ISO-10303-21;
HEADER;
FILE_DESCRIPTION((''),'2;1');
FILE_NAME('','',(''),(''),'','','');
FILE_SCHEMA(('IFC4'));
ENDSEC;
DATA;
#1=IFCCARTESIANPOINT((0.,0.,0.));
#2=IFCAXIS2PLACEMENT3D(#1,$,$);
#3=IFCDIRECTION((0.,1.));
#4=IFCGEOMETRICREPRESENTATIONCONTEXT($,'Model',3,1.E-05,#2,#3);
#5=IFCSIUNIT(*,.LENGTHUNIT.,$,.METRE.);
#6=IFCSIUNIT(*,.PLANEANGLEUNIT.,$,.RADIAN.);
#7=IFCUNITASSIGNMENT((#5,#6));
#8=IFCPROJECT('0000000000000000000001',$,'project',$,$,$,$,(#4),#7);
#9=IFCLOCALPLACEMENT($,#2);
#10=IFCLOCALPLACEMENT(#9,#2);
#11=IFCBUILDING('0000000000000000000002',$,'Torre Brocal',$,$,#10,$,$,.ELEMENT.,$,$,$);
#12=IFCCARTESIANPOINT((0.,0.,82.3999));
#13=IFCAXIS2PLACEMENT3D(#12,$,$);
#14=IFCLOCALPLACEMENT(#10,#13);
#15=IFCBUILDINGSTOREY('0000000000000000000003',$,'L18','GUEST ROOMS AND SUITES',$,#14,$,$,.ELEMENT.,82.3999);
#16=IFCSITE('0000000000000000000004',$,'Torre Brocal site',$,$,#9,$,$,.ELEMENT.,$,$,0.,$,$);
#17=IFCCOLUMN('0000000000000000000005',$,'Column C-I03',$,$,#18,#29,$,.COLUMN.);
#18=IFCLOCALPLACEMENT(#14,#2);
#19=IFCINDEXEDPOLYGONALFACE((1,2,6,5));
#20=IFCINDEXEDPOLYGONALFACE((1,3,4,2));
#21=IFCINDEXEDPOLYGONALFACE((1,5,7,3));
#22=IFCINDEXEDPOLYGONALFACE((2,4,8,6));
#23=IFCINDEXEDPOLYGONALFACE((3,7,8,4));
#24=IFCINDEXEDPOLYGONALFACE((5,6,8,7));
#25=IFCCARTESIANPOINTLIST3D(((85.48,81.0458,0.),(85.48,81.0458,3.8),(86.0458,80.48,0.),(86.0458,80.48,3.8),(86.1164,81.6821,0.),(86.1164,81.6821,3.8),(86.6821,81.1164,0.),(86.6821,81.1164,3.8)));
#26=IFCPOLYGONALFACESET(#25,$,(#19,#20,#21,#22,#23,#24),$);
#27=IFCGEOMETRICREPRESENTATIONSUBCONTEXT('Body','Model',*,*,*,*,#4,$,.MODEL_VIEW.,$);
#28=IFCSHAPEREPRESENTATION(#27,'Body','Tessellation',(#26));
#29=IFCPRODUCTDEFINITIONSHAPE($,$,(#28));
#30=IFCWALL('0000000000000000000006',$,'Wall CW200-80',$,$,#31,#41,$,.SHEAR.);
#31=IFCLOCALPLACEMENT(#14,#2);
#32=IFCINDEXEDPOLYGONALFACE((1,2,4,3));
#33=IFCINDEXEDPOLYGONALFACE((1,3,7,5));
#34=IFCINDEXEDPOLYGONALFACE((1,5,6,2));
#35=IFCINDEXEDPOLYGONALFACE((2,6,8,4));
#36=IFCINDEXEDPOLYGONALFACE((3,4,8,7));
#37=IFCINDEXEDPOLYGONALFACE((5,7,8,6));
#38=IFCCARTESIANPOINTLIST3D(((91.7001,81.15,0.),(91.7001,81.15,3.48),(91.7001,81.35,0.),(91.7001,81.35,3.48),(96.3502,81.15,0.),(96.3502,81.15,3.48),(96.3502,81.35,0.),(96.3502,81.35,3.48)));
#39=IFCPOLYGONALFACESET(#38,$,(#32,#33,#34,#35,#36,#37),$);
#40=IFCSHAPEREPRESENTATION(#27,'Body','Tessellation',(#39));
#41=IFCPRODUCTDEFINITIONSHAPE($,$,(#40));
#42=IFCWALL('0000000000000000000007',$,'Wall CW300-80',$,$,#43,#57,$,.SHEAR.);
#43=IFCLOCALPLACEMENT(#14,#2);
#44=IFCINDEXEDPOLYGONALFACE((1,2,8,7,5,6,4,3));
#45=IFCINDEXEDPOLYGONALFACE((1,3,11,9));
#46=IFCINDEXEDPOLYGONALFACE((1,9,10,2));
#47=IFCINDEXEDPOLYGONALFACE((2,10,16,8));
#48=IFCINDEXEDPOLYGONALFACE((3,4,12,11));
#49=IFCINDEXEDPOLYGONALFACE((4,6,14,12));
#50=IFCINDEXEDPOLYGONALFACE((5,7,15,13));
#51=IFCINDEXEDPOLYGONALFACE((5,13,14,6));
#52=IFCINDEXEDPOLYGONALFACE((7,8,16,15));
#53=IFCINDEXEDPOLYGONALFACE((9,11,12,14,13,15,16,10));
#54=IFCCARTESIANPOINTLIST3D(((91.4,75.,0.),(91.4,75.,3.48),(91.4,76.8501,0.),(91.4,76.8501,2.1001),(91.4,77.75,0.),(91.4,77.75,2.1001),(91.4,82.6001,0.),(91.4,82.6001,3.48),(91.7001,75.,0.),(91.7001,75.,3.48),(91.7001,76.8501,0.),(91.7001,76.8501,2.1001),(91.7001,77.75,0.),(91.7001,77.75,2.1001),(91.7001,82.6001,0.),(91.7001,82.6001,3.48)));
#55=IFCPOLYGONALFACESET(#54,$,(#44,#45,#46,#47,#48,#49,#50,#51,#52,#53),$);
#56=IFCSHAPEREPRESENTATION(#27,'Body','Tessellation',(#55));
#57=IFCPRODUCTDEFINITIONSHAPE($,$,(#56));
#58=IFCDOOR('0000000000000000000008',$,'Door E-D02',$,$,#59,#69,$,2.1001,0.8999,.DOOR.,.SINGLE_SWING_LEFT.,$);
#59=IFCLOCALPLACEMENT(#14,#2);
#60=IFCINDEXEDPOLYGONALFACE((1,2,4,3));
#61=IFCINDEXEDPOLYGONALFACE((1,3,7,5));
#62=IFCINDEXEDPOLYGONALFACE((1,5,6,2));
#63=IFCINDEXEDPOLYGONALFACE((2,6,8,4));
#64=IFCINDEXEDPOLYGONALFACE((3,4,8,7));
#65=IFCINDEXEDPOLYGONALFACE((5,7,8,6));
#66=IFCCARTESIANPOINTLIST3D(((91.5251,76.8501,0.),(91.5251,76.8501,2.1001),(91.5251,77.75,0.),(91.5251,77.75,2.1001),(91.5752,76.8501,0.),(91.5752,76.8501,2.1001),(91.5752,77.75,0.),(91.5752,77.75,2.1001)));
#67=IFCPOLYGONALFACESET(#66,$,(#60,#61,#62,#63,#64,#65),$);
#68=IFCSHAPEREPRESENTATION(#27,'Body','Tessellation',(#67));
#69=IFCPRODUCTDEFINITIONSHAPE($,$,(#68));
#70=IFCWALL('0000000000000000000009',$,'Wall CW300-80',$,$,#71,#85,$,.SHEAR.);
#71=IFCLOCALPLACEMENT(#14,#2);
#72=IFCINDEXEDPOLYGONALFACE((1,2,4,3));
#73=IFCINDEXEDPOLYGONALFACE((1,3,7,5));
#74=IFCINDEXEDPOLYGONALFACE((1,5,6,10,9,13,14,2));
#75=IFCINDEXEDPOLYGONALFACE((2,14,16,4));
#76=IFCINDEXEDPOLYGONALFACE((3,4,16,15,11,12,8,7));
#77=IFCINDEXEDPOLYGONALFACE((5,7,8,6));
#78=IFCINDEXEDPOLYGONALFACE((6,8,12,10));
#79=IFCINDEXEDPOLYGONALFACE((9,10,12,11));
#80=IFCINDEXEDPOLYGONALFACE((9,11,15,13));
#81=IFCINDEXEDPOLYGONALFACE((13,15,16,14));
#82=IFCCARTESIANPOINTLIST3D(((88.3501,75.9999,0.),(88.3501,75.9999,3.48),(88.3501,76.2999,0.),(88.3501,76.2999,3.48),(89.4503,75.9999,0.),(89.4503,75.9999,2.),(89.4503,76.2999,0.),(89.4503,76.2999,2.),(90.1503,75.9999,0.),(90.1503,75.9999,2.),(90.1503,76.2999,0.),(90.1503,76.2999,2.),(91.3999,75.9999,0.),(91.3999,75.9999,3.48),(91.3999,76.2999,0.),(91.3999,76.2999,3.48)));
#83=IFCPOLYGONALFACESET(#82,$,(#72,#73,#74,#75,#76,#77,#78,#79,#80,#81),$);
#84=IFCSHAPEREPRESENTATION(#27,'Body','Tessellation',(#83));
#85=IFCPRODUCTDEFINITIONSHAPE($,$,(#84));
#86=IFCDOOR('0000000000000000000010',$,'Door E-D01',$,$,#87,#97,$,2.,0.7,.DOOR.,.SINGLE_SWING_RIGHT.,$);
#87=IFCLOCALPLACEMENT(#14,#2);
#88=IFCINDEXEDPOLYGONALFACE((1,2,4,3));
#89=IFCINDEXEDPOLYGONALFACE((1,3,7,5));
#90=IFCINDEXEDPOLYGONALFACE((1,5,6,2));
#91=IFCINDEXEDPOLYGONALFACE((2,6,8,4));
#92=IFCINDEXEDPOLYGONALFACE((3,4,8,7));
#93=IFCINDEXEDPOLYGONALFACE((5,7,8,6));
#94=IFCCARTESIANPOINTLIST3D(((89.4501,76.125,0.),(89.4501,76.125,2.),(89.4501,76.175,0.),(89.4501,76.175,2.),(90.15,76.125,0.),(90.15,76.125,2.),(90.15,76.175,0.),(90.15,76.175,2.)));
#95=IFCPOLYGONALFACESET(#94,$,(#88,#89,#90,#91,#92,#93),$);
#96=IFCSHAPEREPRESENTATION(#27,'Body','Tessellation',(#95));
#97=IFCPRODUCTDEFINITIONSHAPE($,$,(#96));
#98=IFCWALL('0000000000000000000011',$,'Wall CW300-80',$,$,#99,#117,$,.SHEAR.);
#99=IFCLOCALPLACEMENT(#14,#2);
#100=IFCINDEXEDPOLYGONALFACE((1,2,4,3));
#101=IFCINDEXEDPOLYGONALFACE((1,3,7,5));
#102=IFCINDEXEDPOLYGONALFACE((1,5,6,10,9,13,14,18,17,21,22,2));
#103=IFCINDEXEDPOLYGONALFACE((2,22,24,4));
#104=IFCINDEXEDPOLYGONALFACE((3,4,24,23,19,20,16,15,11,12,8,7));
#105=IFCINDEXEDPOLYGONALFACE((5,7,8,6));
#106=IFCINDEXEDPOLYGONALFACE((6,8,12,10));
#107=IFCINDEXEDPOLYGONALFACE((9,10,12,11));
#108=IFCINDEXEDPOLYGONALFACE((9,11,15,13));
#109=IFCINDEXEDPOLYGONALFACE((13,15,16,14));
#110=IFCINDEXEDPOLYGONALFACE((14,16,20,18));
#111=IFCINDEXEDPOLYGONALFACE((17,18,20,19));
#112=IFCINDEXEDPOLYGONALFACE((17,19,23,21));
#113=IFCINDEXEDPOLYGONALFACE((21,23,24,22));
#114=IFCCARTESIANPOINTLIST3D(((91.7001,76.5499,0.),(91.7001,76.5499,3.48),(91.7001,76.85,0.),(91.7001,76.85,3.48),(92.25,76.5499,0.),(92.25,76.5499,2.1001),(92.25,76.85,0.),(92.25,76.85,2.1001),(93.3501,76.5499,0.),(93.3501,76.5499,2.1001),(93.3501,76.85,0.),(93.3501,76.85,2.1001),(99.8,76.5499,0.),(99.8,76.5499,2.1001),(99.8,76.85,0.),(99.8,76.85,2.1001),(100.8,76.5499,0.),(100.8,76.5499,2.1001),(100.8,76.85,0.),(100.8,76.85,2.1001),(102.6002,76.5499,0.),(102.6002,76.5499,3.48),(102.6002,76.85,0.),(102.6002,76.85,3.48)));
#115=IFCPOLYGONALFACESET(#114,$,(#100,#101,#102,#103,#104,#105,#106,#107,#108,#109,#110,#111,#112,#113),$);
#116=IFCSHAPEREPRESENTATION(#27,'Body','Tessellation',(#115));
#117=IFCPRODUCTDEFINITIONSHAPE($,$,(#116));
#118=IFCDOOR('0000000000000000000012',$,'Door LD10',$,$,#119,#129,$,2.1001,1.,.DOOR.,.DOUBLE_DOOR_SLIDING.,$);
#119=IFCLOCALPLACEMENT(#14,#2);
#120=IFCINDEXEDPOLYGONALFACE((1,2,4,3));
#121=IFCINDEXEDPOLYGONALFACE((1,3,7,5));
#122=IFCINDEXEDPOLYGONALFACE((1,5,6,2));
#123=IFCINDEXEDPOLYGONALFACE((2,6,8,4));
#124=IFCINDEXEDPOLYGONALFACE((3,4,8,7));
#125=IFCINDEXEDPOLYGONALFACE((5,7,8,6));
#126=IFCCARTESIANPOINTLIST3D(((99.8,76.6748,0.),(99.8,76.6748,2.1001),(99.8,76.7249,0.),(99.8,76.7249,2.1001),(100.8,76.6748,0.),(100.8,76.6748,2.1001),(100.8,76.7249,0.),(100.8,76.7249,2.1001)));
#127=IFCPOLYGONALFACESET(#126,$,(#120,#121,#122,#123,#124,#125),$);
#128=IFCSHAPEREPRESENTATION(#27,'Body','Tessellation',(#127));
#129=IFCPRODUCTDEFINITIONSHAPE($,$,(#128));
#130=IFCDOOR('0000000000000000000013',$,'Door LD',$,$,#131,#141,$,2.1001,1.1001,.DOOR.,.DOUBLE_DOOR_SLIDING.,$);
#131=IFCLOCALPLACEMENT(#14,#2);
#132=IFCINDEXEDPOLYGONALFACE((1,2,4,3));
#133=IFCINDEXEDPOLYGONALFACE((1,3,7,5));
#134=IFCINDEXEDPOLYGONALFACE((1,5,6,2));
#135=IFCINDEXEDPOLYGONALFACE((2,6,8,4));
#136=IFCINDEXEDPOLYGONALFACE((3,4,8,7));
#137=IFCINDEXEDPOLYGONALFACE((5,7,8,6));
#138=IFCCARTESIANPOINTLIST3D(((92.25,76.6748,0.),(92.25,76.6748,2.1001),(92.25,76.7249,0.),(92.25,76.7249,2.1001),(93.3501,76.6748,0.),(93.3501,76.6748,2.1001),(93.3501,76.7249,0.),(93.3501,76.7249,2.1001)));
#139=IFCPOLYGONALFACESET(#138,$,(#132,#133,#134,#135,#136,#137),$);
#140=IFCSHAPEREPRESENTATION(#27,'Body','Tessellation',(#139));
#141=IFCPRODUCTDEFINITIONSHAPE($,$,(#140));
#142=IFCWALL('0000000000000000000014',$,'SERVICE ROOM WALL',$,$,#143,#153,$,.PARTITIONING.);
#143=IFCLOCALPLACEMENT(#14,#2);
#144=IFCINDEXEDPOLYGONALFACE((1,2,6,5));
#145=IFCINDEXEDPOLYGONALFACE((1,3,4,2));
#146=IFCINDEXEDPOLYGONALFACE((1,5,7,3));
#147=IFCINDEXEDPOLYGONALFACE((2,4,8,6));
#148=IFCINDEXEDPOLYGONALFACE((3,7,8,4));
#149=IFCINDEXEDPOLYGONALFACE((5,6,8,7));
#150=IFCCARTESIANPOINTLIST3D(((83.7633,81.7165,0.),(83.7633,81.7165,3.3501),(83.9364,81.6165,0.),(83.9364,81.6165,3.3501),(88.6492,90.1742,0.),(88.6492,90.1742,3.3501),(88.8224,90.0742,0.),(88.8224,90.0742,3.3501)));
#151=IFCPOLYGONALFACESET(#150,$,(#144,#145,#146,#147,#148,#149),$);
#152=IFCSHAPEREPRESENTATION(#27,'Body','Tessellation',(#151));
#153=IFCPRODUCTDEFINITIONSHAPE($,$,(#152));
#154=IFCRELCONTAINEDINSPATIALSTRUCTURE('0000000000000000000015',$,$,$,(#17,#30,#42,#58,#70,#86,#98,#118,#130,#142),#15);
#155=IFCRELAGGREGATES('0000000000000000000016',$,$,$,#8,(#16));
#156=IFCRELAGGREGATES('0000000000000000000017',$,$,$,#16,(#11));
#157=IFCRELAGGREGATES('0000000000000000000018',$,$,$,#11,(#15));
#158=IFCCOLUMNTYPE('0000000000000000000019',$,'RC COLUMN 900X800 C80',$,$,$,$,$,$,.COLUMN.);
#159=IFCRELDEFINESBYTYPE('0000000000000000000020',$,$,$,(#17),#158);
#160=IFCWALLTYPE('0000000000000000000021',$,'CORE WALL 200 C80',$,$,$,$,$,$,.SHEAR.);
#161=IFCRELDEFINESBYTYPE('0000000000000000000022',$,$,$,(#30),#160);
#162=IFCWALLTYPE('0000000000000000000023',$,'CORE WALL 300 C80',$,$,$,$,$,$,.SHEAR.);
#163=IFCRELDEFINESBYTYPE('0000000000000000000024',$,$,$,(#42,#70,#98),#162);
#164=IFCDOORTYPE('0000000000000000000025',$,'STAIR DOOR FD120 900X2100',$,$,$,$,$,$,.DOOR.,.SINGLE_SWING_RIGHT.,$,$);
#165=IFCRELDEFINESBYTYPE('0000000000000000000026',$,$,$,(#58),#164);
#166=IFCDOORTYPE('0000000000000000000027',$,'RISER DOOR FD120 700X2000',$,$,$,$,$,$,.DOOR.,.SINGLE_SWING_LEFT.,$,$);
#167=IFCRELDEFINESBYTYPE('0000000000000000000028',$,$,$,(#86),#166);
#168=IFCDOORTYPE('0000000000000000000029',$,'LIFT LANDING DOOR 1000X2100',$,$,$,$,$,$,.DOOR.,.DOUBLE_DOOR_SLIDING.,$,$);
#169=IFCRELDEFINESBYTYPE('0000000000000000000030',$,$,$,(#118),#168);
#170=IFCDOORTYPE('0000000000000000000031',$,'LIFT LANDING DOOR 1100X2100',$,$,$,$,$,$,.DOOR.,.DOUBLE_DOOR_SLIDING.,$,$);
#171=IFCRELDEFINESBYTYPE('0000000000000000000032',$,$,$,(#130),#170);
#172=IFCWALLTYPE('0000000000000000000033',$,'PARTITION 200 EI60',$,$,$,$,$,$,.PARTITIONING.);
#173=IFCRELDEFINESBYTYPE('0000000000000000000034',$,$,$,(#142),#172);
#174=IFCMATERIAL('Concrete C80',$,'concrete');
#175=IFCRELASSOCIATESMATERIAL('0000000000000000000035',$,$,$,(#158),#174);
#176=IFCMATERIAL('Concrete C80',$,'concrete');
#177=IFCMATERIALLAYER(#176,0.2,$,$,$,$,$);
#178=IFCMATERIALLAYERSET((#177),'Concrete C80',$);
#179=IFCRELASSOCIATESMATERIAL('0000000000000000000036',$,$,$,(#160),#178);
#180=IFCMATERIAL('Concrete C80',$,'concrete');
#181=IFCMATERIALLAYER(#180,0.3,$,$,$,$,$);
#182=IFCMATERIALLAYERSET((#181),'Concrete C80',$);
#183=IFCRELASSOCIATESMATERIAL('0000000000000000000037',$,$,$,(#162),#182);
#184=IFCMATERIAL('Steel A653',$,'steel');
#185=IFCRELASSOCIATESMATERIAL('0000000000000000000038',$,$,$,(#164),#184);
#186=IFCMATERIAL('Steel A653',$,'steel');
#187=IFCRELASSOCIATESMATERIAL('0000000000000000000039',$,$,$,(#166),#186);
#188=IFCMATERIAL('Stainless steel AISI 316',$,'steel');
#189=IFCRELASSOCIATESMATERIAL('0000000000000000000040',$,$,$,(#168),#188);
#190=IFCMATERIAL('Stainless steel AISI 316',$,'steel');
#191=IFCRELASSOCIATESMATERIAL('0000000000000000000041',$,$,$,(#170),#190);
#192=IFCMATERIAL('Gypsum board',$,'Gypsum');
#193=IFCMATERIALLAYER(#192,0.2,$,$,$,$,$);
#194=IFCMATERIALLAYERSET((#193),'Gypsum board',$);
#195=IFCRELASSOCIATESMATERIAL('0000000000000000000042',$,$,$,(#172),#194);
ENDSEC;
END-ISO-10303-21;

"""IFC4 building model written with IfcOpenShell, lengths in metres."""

from ifc_helpers import new_model, si_unit, direction, frame, frame_2d, origin, origin_2d, place, context, subcontext, project, spatial, rectangle, extrude, material, layer, layer_set, material_profile, profile_set, type_object, element, fill, save


model = new_model("IFC4")

# Units and contexts
model_context = context("Model", 3, precision=1e-05, world=origin(), true_north=direction((0.0, 1.0)))
body_context = subcontext(model_context, "Body", "Model", "MODEL_VIEW")
ifc_project = project(units=[si_unit("LENGTHUNIT", "METRE"), si_unit("PLANEANGLEUNIT", "RADIAN")], contexts=[model_context])

# Site, building, storey
site_placement = place(None, origin())
site = spatial("IfcSite", under=ifc_project, at=site_placement, Name="Torre Brocal site", CompositionType="ELEMENT", RefElevation=0.0)
building_placement = place(site_placement, origin())
building = spatial("IfcBuilding", under=site, at=building_placement, Name="Torre Brocal", CompositionType="ELEMENT")
storey_placement = place(building_placement, frame((0.0, 0.0, 82.3999)))
storey = spatial("IfcBuildingStorey", under=building, at=storey_placement, Name="L18", Description="GUEST ROOMS AND SUITES", CompositionType="ELEMENT", Elevation=82.3999)

# Column
ifc_material_1 = material(Name="Concrete C80", Category="concrete")
ifc_material_profile = material_profile(ifc_material_1, rectangle(XDim=0.8999, YDim=0.8, at=origin_2d()), Name="RC 900X800")
ifc_profile_set = profile_set([ifc_material_profile], Name="Concrete C80")
column_type = type_object("IfcColumnType", Name="RC COLUMN 900X800 C80", PredefinedType="COLUMN", material=ifc_profile_set)
column_placement = place(storey_placement, frame((86.0811, 81.0811, 0.0), z_axis=(0.0, 0.0, 1.0), x_axis=(0.707107, 0.707107, 0.0)))
element("IfcColumn", 1, at=column_placement, inside=storey, type_object=column_type, Name="Column C-I03", PredefinedType="COLUMN", context=body_context, shape_type="SweptSolid", body=[
    extrude(rectangle(XDim=0.8999, YDim=0.8, at=origin_2d()), origin(), (0.0, 0.0, 1.0), 3.8),
])

# Wall
ifc_material_2 = material(Name="Concrete C80", Category="concrete")
ifc_layer_1 = layer(ifc_material_2, 0.2)
ifc_layer_set_1 = layer_set([ifc_layer_1], Name="Concrete C80")
wall_type_1 = type_object("IfcWallType", Name="CORE WALL 200 C80", PredefinedType="SHEAR", material=ifc_layer_set_1)
wall_1_placement = place(storey_placement, frame((91.7, 81.25, 0.0), z_axis=(0.0, 0.0, 1.0), x_axis=(1.0, 0.0, 0.0)))
element("IfcWall", 2, at=wall_1_placement, inside=storey, type_object=wall_type_1, Name="Wall CW200-80", PredefinedType="SHEAR", context=body_context, shape_type="SweptSolid", body=[
    extrude(rectangle(XDim=4.6501, YDim=0.2, at=frame_2d((2.3252, 0.0))), origin(), (0.0, 0.0, 1.0), 3.48),
])

# Walls, openings, doors
ifc_material_3 = material(Name="Concrete C80", Category="concrete")
ifc_layer_2 = layer(ifc_material_3, 0.3)
ifc_layer_set_2 = layer_set([ifc_layer_2], Name="Concrete C80")
wall_type_2 = type_object("IfcWallType", Name="CORE WALL 300 C80", PredefinedType="SHEAR", material=ifc_layer_set_2)
wall_2_placement = place(storey_placement, frame((91.55, 75.0, 0.0), z_axis=(0.0, 0.0, 1.0), x_axis=(0.0, 1.0, 0.0)))
wall_2 = element("IfcWall", 3, at=wall_2_placement, inside=storey, type_object=wall_type_2, Name="Wall CW300-80", PredefinedType="SHEAR", context=body_context, shape_type="SweptSolid", body=[
    extrude(rectangle(XDim=7.6001, YDim=0.3, at=frame_2d((3.8, 0.0))), origin(), (0.0, 0.0, 1.0), 3.48),
])
opening_1_placement = place(wall_2_placement, frame((1.8501, 0.0, 0.0)))
opening_1 = element("IfcOpeningElement", 4, at=opening_1_placement, cuts=wall_2, PredefinedType="OPENING", context=body_context, shape_type="SweptSolid", body=[
    extrude(rectangle(XDim=0.8999, YDim=2.1001, at=frame_2d((0.45, 1.05))), frame((0.0, 0.1599, 0.0), z_axis=(0.0, -1.0, 0.0), x_axis=(1.0, 0.0, 0.0)), (0.0, 0.0, 1.0), 0.3201),
])
ifc_material_4 = material(Name="Steel A653", Category="steel")
door_type_1 = type_object("IfcDoorType", Name="STAIR DOOR FD120 900X2100", OperationType="SINGLE_SWING_RIGHT", PredefinedType="DOOR", material=ifc_material_4)
door_1_placement = place(opening_1_placement, origin())
door_1 = element("IfcDoor", 5, at=door_1_placement, inside=storey, type_object=door_type_1, Name="Door E-D02", OperationType="SINGLE_SWING_LEFT", OverallHeight=2.1001, OverallWidth=0.8999, PredefinedType="DOOR", context=body_context, shape_type="SweptSolid", body=[
    extrude(rectangle(XDim=0.8999, YDim=2.1001, at=frame_2d((0.45, 1.05))), frame((0.0, 0.0249, 0.0), z_axis=(0.0, -1.0, 0.0), x_axis=(1.0, 0.0, 0.0)), (0.0, 0.0, 1.0), 0.05),
])
fill(opening_1, door_1)
wall_3_placement = place(storey_placement, frame((88.3501, 76.1499, 0.0), z_axis=(0.0, 0.0, 1.0), x_axis=(1.0, 0.0, 0.0)))
wall_3 = element("IfcWall", 6, at=wall_3_placement, inside=storey, type_object=wall_type_2, Name="Wall CW300-80", PredefinedType="SHEAR", context=body_context, shape_type="SweptSolid", body=[
    extrude(rectangle(XDim=3.0498, YDim=0.3, at=frame_2d((1.5249, 0.0))), origin(), (0.0, 0.0, 1.0), 3.48),
])
opening_2_placement = place(wall_3_placement, frame((1.1001, 0.0, 0.0)))
opening_2 = element("IfcOpeningElement", 7, at=opening_2_placement, cuts=wall_3, PredefinedType="OPENING", context=body_context, shape_type="SweptSolid", body=[
    extrude(rectangle(XDim=0.7, YDim=2.0, at=frame_2d((0.3501, 1.0))), frame((0.0, 0.1599, 0.0), z_axis=(0.0, -1.0, 0.0), x_axis=(1.0, 0.0, 0.0)), (0.0, 0.0, 1.0), 0.3201),
])
ifc_material_5 = material(Name="Steel A653", Category="steel")
door_type_2 = type_object("IfcDoorType", Name="RISER DOOR FD120 700X2000", OperationType="SINGLE_SWING_LEFT", PredefinedType="DOOR", material=ifc_material_5)
door_2_placement = place(opening_2_placement, frame((0.7, 0.0, 0.0), z_axis=(0.0, 0.0, 1.0), x_axis=(-1.0, 0.0, 0.0)))
door_2 = element("IfcDoor", 8, at=door_2_placement, inside=storey, type_object=door_type_2, Name="Door E-D01", OperationType="SINGLE_SWING_RIGHT", OverallHeight=2.0, OverallWidth=0.7, PredefinedType="DOOR", context=body_context, shape_type="SweptSolid", body=[
    extrude(rectangle(XDim=0.7, YDim=2.0, at=frame_2d((0.3501, 1.0))), frame((0.0, 0.0249, 0.0), z_axis=(0.0, -1.0, 0.0), x_axis=(1.0, 0.0, 0.0)), (0.0, 0.0, 1.0), 0.05),
])
fill(opening_2, door_2)

# Wall, openings, doors
wall_4_placement = place(storey_placement, frame((91.7, 76.7, 0.0), z_axis=(0.0, 0.0, 1.0), x_axis=(1.0, 0.0, 0.0)))
wall_4 = element("IfcWall", 9, at=wall_4_placement, inside=storey, type_object=wall_type_2, Name="Wall CW300-80", PredefinedType="SHEAR", context=body_context, shape_type="SweptSolid", body=[
    extrude(rectangle(XDim=10.9001, YDim=0.3, at=frame_2d((5.4502, 0.0))), origin(), (0.0, 0.0, 1.0), 3.48),
])
opening_3_placement = place(wall_4_placement, frame((0.55, 0.0, 0.0)))
opening_3 = element("IfcOpeningElement", 10, at=opening_3_placement, cuts=wall_4, PredefinedType="OPENING", context=body_context, shape_type="SweptSolid", body=[
    extrude(rectangle(XDim=1.1001, YDim=2.1001, at=frame_2d((0.55, 1.05))), frame((0.0, 0.1599, 0.0), z_axis=(0.0, -1.0, 0.0), x_axis=(1.0, 0.0, 0.0)), (0.0, 0.0, 1.0), 0.3201),
])
opening_4_placement = place(wall_4_placement, frame((8.1001, 0.0, 0.0)))
opening_4 = element("IfcOpeningElement", 11, at=opening_4_placement, cuts=wall_4, PredefinedType="OPENING", context=body_context, shape_type="SweptSolid", body=[
    extrude(rectangle(XDim=1.0, YDim=2.1001, at=frame_2d((0.5, 1.05))), frame((0.0, 0.1599, 0.0), z_axis=(0.0, -1.0, 0.0), x_axis=(1.0, 0.0, 0.0)), (0.0, 0.0, 1.0), 0.3201),
])
ifc_material_6 = material(Name="Stainless steel AISI 316", Category="steel")
door_type_3 = type_object("IfcDoorType", Name="LIFT LANDING DOOR 1000X2100", OperationType="DOUBLE_DOOR_SLIDING", PredefinedType="DOOR", material=ifc_material_6)
door_3_placement = place(opening_4_placement, origin())
door_3 = element("IfcDoor", 12, at=door_3_placement, inside=storey, type_object=door_type_3, Name="Door LD10", OperationType="DOUBLE_DOOR_SLIDING", OverallHeight=2.1001, OverallWidth=1.0, PredefinedType="DOOR", context=body_context, shape_type="SweptSolid", body=[
    extrude(rectangle(XDim=1.0, YDim=2.1001, at=frame_2d((0.5, 1.05))), frame((0.0, 0.0249, 0.0), z_axis=(0.0, -1.0, 0.0), x_axis=(1.0, 0.0, 0.0)), (0.0, 0.0, 1.0), 0.05),
])
fill(opening_4, door_3)
ifc_material_7 = material(Name="Stainless steel AISI 316", Category="steel")
door_type_4 = type_object("IfcDoorType", Name="LIFT LANDING DOOR 1100X2100", OperationType="DOUBLE_DOOR_SLIDING", PredefinedType="DOOR", material=ifc_material_7)
door_4_placement = place(opening_3_placement, origin())
door_4 = element("IfcDoor", 13, at=door_4_placement, inside=storey, type_object=door_type_4, Name="Door LD", OperationType="DOUBLE_DOOR_SLIDING", OverallHeight=2.1001, OverallWidth=1.1001, PredefinedType="DOOR", context=body_context, shape_type="SweptSolid", body=[
    extrude(rectangle(XDim=1.1001, YDim=2.1001, at=frame_2d((0.55, 1.05))), frame((0.0, 0.0249, 0.0), z_axis=(0.0, -1.0, 0.0), x_axis=(1.0, 0.0, 0.0)), (0.0, 0.0, 1.0), 0.05),
])
fill(opening_3, door_4)

# Wall
ifc_material_8 = material(Name="Gypsum board", Category="Gypsum")
ifc_layer_3 = layer(ifc_material_8, 0.2)
ifc_layer_set_3 = layer_set([ifc_layer_3], Name="Gypsum board")
wall_type_3 = type_object("IfcWallType", Name="PARTITION 200 EI60", PredefinedType="PARTITIONING", material=ifc_layer_set_3)
wall_5_placement = place(storey_placement, frame((83.8499, 81.6665, 0.0), z_axis=(0.0, 0.0, 1.0), x_axis=(0.500222, 0.865897, 0.0)))
element("IfcWall", 14, at=wall_5_placement, inside=storey, type_object=wall_type_3, Name="SERVICE ROOM WALL", PredefinedType="PARTITIONING", context=body_context, shape_type="SweptSolid", body=[
    extrude(rectangle(XDim=9.7676, YDim=0.2, at=frame_2d((4.8838, 0.0))), origin(), (0.0, 0.0, 1.0), 3.3501),
])

save(model, "model.ifc")
